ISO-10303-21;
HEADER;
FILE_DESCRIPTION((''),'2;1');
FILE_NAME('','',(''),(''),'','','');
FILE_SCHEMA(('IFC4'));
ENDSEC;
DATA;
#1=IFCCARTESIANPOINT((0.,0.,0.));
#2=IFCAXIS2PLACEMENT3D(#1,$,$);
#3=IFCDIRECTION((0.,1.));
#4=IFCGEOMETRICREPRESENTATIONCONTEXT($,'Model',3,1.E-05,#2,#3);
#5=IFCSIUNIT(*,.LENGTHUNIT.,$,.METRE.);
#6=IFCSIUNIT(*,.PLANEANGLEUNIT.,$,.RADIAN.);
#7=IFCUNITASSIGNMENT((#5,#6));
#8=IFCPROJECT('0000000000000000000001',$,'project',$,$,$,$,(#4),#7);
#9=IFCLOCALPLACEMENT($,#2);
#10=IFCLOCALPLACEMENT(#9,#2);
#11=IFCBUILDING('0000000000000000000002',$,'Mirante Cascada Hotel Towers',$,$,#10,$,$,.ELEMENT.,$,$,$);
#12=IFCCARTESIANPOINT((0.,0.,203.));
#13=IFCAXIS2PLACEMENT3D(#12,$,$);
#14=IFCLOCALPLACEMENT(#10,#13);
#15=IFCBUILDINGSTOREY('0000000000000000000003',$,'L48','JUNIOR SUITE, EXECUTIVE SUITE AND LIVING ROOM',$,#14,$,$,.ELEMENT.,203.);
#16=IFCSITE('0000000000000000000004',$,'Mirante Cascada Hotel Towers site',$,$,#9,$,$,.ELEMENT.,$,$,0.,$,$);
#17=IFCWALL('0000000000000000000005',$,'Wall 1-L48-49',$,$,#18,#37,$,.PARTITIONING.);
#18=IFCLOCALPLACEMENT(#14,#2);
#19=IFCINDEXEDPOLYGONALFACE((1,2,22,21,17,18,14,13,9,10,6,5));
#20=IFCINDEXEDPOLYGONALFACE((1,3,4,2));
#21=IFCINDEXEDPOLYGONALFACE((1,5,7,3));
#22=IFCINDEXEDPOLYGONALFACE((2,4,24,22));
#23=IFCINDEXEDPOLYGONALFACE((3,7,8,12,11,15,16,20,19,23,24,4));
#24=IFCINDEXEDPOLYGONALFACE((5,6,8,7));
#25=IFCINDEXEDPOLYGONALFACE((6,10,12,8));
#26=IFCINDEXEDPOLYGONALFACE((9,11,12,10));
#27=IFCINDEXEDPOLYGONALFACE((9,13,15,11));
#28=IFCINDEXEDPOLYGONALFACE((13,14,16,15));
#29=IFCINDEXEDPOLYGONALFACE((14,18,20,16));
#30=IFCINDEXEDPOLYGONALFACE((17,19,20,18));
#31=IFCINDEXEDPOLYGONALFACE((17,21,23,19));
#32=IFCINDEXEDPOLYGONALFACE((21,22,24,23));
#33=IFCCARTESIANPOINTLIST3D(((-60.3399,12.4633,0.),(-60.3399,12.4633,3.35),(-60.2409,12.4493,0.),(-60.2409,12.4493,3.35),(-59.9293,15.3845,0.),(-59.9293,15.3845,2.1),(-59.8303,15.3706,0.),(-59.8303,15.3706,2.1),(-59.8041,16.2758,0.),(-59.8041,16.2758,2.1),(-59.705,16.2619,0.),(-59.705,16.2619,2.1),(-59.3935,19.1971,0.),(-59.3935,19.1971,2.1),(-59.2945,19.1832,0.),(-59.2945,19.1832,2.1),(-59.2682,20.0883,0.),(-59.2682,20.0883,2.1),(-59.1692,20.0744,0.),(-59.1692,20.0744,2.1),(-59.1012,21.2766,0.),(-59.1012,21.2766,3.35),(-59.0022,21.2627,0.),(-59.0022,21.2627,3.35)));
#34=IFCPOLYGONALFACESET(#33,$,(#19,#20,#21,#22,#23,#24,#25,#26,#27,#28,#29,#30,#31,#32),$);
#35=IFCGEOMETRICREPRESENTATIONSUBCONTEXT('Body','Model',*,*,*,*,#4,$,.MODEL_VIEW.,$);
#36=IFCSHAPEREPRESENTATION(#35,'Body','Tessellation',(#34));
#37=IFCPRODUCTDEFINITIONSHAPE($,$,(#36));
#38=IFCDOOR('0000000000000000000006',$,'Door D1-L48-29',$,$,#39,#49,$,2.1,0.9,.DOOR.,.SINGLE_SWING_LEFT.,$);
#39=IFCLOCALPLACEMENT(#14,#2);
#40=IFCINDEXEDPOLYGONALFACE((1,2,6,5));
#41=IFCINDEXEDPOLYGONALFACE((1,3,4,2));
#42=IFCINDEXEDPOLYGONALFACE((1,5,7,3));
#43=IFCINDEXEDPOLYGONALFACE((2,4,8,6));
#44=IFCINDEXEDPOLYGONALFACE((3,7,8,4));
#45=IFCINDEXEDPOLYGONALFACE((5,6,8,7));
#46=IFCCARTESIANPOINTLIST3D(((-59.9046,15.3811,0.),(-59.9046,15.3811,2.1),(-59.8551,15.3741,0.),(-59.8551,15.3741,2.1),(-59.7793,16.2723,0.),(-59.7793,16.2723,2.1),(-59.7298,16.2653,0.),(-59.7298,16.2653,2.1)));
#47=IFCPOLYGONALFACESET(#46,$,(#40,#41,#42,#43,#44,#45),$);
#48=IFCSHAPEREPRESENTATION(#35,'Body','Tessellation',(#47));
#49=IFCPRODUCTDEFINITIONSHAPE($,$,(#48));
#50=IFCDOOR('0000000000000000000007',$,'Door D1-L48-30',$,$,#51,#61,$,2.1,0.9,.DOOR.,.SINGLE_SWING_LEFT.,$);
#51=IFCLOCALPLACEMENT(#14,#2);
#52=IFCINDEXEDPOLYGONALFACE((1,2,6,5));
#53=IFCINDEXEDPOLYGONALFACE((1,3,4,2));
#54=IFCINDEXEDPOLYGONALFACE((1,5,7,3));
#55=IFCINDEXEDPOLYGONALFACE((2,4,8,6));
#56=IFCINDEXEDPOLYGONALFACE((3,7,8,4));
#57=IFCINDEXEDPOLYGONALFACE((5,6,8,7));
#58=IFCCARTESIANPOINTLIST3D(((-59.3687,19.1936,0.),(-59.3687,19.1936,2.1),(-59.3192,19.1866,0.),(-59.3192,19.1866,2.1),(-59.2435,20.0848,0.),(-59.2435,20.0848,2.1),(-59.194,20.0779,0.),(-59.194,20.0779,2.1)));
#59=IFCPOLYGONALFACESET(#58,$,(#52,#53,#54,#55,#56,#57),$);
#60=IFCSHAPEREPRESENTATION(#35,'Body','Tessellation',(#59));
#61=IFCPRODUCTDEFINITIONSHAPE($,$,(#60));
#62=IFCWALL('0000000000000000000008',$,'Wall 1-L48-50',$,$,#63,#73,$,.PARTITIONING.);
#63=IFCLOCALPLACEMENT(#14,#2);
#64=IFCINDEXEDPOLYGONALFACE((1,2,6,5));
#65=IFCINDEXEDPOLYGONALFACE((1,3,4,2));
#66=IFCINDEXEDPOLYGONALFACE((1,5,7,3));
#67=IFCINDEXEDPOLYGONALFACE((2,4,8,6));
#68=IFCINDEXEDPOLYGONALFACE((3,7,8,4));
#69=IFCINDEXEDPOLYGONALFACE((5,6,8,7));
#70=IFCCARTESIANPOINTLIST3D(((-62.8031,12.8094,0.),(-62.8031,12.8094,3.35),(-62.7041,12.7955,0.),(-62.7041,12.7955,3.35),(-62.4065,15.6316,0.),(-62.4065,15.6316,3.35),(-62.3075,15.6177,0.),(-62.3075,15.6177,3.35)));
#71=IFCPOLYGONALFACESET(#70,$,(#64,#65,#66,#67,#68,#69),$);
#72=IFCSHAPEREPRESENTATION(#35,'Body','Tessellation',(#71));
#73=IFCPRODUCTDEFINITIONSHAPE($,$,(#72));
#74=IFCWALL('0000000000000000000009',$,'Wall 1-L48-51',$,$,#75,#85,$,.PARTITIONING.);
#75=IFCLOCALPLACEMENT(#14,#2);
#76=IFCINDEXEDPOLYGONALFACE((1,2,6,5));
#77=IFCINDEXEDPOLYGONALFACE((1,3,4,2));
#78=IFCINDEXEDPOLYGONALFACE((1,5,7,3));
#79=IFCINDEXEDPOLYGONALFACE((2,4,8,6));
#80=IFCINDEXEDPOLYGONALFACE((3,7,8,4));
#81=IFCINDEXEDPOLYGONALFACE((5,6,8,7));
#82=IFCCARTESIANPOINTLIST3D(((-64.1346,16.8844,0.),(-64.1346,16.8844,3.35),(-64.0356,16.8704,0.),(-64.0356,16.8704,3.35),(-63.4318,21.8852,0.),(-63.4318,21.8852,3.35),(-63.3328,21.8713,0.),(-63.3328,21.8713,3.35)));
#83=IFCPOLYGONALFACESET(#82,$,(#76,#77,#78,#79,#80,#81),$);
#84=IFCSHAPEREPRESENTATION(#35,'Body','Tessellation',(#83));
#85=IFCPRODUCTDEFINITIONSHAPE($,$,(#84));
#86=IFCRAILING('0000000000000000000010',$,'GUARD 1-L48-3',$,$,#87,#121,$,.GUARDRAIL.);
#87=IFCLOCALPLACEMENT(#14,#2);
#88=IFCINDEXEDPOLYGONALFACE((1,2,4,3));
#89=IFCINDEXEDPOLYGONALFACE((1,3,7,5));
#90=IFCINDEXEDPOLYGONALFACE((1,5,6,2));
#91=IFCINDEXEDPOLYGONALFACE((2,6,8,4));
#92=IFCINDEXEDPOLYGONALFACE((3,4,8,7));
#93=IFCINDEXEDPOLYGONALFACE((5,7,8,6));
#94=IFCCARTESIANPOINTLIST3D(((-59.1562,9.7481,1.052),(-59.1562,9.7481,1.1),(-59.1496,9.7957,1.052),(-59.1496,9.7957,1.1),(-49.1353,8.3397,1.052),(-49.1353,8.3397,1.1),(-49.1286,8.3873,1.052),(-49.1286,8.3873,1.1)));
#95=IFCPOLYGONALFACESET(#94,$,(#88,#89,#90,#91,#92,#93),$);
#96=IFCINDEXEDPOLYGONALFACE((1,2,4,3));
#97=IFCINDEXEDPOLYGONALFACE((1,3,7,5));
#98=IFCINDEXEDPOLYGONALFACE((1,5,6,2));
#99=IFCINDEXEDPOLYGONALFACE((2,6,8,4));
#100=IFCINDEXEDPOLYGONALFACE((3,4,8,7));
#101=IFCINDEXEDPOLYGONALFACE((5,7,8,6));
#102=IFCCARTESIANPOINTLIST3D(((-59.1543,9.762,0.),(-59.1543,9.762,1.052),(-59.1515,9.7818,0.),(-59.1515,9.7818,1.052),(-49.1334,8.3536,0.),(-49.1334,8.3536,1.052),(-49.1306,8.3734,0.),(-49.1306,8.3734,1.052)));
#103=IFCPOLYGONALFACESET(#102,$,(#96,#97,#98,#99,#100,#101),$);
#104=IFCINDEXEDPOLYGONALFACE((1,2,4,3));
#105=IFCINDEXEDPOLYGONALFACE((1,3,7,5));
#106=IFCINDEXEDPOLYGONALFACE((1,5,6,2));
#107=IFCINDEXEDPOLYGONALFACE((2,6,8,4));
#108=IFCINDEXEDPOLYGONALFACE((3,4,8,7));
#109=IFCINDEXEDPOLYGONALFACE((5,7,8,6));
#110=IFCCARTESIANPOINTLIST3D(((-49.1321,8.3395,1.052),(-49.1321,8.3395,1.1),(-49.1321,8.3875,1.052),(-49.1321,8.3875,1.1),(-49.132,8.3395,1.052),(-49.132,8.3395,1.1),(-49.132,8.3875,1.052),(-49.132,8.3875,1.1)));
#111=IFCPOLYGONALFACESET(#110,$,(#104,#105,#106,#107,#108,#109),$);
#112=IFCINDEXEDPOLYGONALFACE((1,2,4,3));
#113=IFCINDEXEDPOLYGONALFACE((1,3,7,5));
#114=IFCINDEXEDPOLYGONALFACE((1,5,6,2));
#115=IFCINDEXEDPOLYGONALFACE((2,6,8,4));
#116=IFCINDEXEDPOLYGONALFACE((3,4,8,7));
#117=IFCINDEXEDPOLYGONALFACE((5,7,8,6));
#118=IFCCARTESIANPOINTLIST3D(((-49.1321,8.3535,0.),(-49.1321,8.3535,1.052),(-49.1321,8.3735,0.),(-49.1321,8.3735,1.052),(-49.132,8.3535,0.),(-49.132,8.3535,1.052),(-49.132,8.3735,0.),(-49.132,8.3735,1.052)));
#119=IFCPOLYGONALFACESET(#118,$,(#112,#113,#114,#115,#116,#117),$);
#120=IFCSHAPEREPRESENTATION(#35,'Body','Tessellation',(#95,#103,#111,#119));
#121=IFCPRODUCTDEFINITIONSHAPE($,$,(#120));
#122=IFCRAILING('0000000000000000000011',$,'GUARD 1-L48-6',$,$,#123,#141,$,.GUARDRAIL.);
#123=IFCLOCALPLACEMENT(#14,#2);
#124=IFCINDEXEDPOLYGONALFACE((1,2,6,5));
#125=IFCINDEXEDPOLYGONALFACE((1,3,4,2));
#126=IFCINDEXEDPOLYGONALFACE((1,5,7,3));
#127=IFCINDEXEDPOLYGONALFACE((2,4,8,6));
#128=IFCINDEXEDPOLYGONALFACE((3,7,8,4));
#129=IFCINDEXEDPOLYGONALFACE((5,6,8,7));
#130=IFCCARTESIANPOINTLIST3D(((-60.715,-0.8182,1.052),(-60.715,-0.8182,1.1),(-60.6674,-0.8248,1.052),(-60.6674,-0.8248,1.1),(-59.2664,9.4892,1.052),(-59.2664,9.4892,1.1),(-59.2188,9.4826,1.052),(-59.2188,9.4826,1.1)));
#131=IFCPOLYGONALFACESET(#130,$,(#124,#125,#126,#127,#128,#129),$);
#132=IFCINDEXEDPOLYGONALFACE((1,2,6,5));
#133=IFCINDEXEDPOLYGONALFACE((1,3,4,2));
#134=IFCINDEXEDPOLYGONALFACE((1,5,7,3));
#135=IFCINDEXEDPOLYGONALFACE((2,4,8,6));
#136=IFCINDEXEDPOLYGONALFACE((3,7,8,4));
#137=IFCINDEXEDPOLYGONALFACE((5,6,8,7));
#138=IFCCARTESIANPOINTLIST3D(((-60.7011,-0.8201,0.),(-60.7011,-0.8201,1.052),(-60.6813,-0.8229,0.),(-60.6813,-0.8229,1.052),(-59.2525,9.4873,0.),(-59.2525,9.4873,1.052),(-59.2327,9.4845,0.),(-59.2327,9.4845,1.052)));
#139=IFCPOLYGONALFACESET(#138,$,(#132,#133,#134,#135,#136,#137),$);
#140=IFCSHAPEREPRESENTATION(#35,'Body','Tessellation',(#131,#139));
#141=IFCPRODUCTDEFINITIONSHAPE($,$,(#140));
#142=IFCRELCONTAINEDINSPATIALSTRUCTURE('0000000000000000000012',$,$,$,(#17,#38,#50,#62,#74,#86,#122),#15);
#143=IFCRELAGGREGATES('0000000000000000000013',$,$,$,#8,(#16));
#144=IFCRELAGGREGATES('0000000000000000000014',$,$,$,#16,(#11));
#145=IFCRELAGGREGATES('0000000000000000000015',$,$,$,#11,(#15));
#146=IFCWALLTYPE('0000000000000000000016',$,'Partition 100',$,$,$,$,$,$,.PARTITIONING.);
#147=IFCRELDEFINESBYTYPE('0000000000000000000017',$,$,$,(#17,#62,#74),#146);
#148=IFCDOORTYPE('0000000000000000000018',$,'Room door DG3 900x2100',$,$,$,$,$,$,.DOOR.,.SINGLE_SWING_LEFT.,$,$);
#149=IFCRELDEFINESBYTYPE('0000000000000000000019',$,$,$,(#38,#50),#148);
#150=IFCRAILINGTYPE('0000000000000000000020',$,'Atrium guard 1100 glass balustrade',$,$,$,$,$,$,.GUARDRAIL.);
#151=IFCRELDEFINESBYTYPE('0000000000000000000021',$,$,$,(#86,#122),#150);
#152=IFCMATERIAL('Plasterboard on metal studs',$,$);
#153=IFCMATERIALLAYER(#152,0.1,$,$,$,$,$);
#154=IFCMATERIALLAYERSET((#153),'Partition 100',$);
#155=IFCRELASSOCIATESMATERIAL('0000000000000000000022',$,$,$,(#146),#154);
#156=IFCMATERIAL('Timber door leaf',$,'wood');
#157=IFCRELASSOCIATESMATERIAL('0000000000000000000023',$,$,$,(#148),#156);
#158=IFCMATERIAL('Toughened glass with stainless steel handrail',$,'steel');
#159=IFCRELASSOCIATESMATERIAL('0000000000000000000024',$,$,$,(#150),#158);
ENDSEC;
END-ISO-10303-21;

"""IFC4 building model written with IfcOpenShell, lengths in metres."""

from ifc_helpers import new_model, si_unit, direction, frame, frame_2d, origin, origin_2d, place, context, subcontext, project, spatial, rectangle, extrude, material, layer, layer_set, type_object, element, fill, save


model = new_model("IFC4")

# Units and contexts
model_context = context("Model", 3, precision=1e-05, world=origin(), true_north=direction((0.0, 1.0)))
body_context = subcontext(model_context, "Body", "Model", "MODEL_VIEW")
ifc_project = project(units=[si_unit("LENGTHUNIT", "METRE"), si_unit("PLANEANGLEUNIT", "RADIAN")], contexts=[model_context])

# Site, building, storey
site_placement = place(None, origin())
site = spatial("IfcSite", under=ifc_project, at=site_placement, Name="Mirante Cascada Hotel Towers site", CompositionType="ELEMENT", RefElevation=0.0)
building_placement = place(site_placement, origin())
building = spatial("IfcBuilding", under=site, at=building_placement, Name="Mirante Cascada Hotel Towers", CompositionType="ELEMENT")
storey_placement = place(building_placement, frame((0.0, 0.0, 203.0)))
storey = spatial("IfcBuildingStorey", under=building, at=storey_placement, Name="L48", Description="JUNIOR SUITE, EXECUTIVE SUITE AND LIVING ROOM", CompositionType="ELEMENT", Elevation=203.0)

# Shared definitions
ifc_material_1 = material(Name="Plasterboard on metal studs")
ifc_layer_1 = layer(ifc_material_1, 0.1)
ifc_layer_set_1 = layer_set([ifc_layer_1], Name="Partition 100")
wall_type = type_object("IfcWallType", Name="Partition 100", PredefinedType="PARTITIONING", material=ifc_layer_set_1)

# Wall, openings, doors
wall_1_placement = place(storey_placement, frame((-60.2904, 12.4563, 0.0), z_axis=(0.0, 0.0, 1.0), x_axis=(0.139179, 0.990267, 0.0)))
wall_1 = element("IfcWall", 1, at=wall_1_placement, inside=storey, type_object=wall_type, Name="Wall 1-L48-49", PredefinedType="PARTITIONING", context=body_context, shape_type="SweptSolid", body=[
    extrude(rectangle(XDim=8.9, YDim=0.1, at=frame_2d((4.45, 0.0))), origin(), (0.0, 0.0, 1.0), 3.35),
])
opening_1_placement = place(wall_1_placement, frame((2.95, 0.0, 0.0)))
opening_1 = element("IfcOpeningElement", 2, at=opening_1_placement, cuts=wall_1, PredefinedType="OPENING", context=body_context, shape_type="SweptSolid", body=[
    extrude(rectangle(XDim=0.9, YDim=2.1, at=frame_2d((0.45, 1.05))), frame((0.0, 0.05, 0.0), z_axis=(0.0, -1.0, 0.0), x_axis=(1.0, 0.0, 0.0)), (0.0, 0.0, 1.0), 0.1),
])
opening_2_placement = place(wall_1_placement, frame((6.8, 0.0, 0.0)))
opening_2 = element("IfcOpeningElement", 3, at=opening_2_placement, cuts=wall_1, PredefinedType="OPENING", context=body_context, shape_type="SweptSolid", body=[
    extrude(rectangle(XDim=0.9, YDim=2.1, at=frame_2d((0.45, 1.05))), frame((0.0, 0.05, 0.0), z_axis=(0.0, -1.0, 0.0), x_axis=(1.0, 0.0, 0.0)), (0.0, 0.0, 1.0), 0.1),
])
ifc_material_2 = material(Name="Timber door leaf", Category="wood")
door_type_1 = type_object("IfcDoorType", Name="Room door DG3 900x2100", OperationType="SINGLE_SWING_LEFT", PredefinedType="DOOR", material=ifc_material_2)
door_1_placement = place(opening_1_placement, origin())
door_1 = element("IfcDoor", 4, at=door_1_placement, inside=storey, type_object=door_type_1, Name="Door D1-L48-29", OperationType="SINGLE_SWING_LEFT", OverallHeight=2.1, OverallWidth=0.9, PredefinedType="DOOR", context=body_context, shape_type="SweptSolid", body=[
    extrude(rectangle(XDim=0.9, YDim=2.1, at=frame_2d((0.45, 1.05))), frame((0.0, 0.025, 0.0), z_axis=(0.0, -1.0, 0.0), x_axis=(1.0, 0.0, 0.0)), (0.0, 0.0, 1.0), 0.05),
])
fill(opening_1, door_1)
door_2_placement = place(opening_2_placement, origin())
door_2 = element("IfcDoor", 5, at=door_2_placement, inside=storey, type_object=door_type_1, Name="Door D1-L48-30", OperationType="SINGLE_SWING_LEFT", OverallHeight=2.1, OverallWidth=0.9, PredefinedType="DOOR", context=body_context, shape_type="SweptSolid", body=[
    extrude(rectangle(XDim=0.9, YDim=2.1, at=frame_2d((0.45, 1.05))), frame((0.0, 0.025, 0.0), z_axis=(0.0, -1.0, 0.0), x_axis=(1.0, 0.0, 0.0)), (0.0, 0.0, 1.0), 0.05),
])
fill(opening_2, door_2)

# Walls
wall_2_placement = place(storey_placement, frame((-62.357, 15.6247, 0.0), z_axis=(0.0, 0.0, 1.0), x_axis=(-0.139161, -0.99027, 0.0)))
element("IfcWall", 6, at=wall_2_placement, inside=storey, type_object=wall_type, Name="Wall 1-L48-50", PredefinedType="PARTITIONING", context=body_context, shape_type="SweptSolid", body=[
    extrude(rectangle(XDim=2.8499, YDim=0.1, at=frame_2d((1.425, 0.0))), origin(), (0.0, 0.0, 1.0), 3.35),
])
wall_3_placement = place(storey_placement, frame((-64.0851, 16.8774, 0.0), z_axis=(0.0, 0.0, 1.0), x_axis=(0.139167, 0.990269, 0.0)))
element("IfcWall", 7, at=wall_3_placement, inside=storey, type_object=wall_type, Name="Wall 1-L48-51", PredefinedType="PARTITIONING", context=body_context, shape_type="SweptSolid", body=[
    extrude(rectangle(XDim=5.05, YDim=0.1, at=frame_2d((2.525, 0.0))), origin(), (0.0, 0.0, 1.0), 3.35),
])

# Railings
ifc_material_3 = material(Name="Toughened glass with stainless steel handrail", Category="steel")
railing_type = type_object("IfcRailingType", Name="Atrium guard 1100 glass balustrade", PredefinedType="GUARDRAIL", material=ifc_material_3)
railing_1_placement = place(storey_placement, frame((-59.1529, 9.7719, 0.0)))
element("IfcRailing", 8, at=railing_1_placement, inside=storey, type_object=railing_type, Name="GUARD 1-L48-3", PredefinedType="GUARDRAIL", context=body_context, shape_type="SweptSolid", body=[
    extrude(rectangle(XDim=0.048, YDim=0.048, at=origin_2d()), frame((0.0, 0.0, 1.076), z_axis=(0.990267, -0.139178, 0.0), x_axis=(0.139178, 0.990267, 0.0)), (0.0, 0.0, 1.0), 10.1194),
    extrude(rectangle(XDim=0.02, YDim=1.052, at=origin_2d()), frame((0.0, 0.0, 0.526), z_axis=(0.990267, -0.139178, 0.0), x_axis=(0.139178, 0.990267, 0.0)), (0.0, 0.0, 1.0), 10.1194),
    extrude(rectangle(XDim=0.048, YDim=0.048, at=origin_2d()), frame((10.0209, -1.4084, 1.076), z_axis=(-1.0, 0.0, 0.0), x_axis=(0.0, -1.0, 0.0)), (0.0, 0.0, 1.0), 0.0001),
    extrude(rectangle(XDim=0.02, YDim=1.052, at=origin_2d()), frame((10.0209, -1.4084, 0.526), z_axis=(-1.0, 0.0, 0.0), x_axis=(0.0, -1.0, 0.0)), (0.0, 0.0, 1.0), 0.0001),
])
railing_2_placement = place(storey_placement, frame((-59.2426, 9.4859, 0.0)))
element("IfcRailing", 9, at=railing_2_placement, inside=storey, type_object=railing_type, Name="GUARD 1-L48-6", PredefinedType="GUARDRAIL", context=body_context, shape_type="SweptSolid", body=[
    extrude(rectangle(XDim=0.048, YDim=0.048, at=origin_2d()), frame((0.0, 0.0, 1.076), z_axis=(-0.139172, -0.990268, 0.0), x_axis=(0.990268, -0.139172, 0.0)), (0.0, 0.0, 1.0), 10.4087),
    extrude(rectangle(XDim=0.02, YDim=1.052, at=origin_2d()), frame((0.0, 0.0, 0.526), z_axis=(-0.139172, -0.990268, 0.0), x_axis=(0.990268, -0.139172, 0.0)), (0.0, 0.0, 1.0), 10.4087),
])

save(model, "model.ifc")
